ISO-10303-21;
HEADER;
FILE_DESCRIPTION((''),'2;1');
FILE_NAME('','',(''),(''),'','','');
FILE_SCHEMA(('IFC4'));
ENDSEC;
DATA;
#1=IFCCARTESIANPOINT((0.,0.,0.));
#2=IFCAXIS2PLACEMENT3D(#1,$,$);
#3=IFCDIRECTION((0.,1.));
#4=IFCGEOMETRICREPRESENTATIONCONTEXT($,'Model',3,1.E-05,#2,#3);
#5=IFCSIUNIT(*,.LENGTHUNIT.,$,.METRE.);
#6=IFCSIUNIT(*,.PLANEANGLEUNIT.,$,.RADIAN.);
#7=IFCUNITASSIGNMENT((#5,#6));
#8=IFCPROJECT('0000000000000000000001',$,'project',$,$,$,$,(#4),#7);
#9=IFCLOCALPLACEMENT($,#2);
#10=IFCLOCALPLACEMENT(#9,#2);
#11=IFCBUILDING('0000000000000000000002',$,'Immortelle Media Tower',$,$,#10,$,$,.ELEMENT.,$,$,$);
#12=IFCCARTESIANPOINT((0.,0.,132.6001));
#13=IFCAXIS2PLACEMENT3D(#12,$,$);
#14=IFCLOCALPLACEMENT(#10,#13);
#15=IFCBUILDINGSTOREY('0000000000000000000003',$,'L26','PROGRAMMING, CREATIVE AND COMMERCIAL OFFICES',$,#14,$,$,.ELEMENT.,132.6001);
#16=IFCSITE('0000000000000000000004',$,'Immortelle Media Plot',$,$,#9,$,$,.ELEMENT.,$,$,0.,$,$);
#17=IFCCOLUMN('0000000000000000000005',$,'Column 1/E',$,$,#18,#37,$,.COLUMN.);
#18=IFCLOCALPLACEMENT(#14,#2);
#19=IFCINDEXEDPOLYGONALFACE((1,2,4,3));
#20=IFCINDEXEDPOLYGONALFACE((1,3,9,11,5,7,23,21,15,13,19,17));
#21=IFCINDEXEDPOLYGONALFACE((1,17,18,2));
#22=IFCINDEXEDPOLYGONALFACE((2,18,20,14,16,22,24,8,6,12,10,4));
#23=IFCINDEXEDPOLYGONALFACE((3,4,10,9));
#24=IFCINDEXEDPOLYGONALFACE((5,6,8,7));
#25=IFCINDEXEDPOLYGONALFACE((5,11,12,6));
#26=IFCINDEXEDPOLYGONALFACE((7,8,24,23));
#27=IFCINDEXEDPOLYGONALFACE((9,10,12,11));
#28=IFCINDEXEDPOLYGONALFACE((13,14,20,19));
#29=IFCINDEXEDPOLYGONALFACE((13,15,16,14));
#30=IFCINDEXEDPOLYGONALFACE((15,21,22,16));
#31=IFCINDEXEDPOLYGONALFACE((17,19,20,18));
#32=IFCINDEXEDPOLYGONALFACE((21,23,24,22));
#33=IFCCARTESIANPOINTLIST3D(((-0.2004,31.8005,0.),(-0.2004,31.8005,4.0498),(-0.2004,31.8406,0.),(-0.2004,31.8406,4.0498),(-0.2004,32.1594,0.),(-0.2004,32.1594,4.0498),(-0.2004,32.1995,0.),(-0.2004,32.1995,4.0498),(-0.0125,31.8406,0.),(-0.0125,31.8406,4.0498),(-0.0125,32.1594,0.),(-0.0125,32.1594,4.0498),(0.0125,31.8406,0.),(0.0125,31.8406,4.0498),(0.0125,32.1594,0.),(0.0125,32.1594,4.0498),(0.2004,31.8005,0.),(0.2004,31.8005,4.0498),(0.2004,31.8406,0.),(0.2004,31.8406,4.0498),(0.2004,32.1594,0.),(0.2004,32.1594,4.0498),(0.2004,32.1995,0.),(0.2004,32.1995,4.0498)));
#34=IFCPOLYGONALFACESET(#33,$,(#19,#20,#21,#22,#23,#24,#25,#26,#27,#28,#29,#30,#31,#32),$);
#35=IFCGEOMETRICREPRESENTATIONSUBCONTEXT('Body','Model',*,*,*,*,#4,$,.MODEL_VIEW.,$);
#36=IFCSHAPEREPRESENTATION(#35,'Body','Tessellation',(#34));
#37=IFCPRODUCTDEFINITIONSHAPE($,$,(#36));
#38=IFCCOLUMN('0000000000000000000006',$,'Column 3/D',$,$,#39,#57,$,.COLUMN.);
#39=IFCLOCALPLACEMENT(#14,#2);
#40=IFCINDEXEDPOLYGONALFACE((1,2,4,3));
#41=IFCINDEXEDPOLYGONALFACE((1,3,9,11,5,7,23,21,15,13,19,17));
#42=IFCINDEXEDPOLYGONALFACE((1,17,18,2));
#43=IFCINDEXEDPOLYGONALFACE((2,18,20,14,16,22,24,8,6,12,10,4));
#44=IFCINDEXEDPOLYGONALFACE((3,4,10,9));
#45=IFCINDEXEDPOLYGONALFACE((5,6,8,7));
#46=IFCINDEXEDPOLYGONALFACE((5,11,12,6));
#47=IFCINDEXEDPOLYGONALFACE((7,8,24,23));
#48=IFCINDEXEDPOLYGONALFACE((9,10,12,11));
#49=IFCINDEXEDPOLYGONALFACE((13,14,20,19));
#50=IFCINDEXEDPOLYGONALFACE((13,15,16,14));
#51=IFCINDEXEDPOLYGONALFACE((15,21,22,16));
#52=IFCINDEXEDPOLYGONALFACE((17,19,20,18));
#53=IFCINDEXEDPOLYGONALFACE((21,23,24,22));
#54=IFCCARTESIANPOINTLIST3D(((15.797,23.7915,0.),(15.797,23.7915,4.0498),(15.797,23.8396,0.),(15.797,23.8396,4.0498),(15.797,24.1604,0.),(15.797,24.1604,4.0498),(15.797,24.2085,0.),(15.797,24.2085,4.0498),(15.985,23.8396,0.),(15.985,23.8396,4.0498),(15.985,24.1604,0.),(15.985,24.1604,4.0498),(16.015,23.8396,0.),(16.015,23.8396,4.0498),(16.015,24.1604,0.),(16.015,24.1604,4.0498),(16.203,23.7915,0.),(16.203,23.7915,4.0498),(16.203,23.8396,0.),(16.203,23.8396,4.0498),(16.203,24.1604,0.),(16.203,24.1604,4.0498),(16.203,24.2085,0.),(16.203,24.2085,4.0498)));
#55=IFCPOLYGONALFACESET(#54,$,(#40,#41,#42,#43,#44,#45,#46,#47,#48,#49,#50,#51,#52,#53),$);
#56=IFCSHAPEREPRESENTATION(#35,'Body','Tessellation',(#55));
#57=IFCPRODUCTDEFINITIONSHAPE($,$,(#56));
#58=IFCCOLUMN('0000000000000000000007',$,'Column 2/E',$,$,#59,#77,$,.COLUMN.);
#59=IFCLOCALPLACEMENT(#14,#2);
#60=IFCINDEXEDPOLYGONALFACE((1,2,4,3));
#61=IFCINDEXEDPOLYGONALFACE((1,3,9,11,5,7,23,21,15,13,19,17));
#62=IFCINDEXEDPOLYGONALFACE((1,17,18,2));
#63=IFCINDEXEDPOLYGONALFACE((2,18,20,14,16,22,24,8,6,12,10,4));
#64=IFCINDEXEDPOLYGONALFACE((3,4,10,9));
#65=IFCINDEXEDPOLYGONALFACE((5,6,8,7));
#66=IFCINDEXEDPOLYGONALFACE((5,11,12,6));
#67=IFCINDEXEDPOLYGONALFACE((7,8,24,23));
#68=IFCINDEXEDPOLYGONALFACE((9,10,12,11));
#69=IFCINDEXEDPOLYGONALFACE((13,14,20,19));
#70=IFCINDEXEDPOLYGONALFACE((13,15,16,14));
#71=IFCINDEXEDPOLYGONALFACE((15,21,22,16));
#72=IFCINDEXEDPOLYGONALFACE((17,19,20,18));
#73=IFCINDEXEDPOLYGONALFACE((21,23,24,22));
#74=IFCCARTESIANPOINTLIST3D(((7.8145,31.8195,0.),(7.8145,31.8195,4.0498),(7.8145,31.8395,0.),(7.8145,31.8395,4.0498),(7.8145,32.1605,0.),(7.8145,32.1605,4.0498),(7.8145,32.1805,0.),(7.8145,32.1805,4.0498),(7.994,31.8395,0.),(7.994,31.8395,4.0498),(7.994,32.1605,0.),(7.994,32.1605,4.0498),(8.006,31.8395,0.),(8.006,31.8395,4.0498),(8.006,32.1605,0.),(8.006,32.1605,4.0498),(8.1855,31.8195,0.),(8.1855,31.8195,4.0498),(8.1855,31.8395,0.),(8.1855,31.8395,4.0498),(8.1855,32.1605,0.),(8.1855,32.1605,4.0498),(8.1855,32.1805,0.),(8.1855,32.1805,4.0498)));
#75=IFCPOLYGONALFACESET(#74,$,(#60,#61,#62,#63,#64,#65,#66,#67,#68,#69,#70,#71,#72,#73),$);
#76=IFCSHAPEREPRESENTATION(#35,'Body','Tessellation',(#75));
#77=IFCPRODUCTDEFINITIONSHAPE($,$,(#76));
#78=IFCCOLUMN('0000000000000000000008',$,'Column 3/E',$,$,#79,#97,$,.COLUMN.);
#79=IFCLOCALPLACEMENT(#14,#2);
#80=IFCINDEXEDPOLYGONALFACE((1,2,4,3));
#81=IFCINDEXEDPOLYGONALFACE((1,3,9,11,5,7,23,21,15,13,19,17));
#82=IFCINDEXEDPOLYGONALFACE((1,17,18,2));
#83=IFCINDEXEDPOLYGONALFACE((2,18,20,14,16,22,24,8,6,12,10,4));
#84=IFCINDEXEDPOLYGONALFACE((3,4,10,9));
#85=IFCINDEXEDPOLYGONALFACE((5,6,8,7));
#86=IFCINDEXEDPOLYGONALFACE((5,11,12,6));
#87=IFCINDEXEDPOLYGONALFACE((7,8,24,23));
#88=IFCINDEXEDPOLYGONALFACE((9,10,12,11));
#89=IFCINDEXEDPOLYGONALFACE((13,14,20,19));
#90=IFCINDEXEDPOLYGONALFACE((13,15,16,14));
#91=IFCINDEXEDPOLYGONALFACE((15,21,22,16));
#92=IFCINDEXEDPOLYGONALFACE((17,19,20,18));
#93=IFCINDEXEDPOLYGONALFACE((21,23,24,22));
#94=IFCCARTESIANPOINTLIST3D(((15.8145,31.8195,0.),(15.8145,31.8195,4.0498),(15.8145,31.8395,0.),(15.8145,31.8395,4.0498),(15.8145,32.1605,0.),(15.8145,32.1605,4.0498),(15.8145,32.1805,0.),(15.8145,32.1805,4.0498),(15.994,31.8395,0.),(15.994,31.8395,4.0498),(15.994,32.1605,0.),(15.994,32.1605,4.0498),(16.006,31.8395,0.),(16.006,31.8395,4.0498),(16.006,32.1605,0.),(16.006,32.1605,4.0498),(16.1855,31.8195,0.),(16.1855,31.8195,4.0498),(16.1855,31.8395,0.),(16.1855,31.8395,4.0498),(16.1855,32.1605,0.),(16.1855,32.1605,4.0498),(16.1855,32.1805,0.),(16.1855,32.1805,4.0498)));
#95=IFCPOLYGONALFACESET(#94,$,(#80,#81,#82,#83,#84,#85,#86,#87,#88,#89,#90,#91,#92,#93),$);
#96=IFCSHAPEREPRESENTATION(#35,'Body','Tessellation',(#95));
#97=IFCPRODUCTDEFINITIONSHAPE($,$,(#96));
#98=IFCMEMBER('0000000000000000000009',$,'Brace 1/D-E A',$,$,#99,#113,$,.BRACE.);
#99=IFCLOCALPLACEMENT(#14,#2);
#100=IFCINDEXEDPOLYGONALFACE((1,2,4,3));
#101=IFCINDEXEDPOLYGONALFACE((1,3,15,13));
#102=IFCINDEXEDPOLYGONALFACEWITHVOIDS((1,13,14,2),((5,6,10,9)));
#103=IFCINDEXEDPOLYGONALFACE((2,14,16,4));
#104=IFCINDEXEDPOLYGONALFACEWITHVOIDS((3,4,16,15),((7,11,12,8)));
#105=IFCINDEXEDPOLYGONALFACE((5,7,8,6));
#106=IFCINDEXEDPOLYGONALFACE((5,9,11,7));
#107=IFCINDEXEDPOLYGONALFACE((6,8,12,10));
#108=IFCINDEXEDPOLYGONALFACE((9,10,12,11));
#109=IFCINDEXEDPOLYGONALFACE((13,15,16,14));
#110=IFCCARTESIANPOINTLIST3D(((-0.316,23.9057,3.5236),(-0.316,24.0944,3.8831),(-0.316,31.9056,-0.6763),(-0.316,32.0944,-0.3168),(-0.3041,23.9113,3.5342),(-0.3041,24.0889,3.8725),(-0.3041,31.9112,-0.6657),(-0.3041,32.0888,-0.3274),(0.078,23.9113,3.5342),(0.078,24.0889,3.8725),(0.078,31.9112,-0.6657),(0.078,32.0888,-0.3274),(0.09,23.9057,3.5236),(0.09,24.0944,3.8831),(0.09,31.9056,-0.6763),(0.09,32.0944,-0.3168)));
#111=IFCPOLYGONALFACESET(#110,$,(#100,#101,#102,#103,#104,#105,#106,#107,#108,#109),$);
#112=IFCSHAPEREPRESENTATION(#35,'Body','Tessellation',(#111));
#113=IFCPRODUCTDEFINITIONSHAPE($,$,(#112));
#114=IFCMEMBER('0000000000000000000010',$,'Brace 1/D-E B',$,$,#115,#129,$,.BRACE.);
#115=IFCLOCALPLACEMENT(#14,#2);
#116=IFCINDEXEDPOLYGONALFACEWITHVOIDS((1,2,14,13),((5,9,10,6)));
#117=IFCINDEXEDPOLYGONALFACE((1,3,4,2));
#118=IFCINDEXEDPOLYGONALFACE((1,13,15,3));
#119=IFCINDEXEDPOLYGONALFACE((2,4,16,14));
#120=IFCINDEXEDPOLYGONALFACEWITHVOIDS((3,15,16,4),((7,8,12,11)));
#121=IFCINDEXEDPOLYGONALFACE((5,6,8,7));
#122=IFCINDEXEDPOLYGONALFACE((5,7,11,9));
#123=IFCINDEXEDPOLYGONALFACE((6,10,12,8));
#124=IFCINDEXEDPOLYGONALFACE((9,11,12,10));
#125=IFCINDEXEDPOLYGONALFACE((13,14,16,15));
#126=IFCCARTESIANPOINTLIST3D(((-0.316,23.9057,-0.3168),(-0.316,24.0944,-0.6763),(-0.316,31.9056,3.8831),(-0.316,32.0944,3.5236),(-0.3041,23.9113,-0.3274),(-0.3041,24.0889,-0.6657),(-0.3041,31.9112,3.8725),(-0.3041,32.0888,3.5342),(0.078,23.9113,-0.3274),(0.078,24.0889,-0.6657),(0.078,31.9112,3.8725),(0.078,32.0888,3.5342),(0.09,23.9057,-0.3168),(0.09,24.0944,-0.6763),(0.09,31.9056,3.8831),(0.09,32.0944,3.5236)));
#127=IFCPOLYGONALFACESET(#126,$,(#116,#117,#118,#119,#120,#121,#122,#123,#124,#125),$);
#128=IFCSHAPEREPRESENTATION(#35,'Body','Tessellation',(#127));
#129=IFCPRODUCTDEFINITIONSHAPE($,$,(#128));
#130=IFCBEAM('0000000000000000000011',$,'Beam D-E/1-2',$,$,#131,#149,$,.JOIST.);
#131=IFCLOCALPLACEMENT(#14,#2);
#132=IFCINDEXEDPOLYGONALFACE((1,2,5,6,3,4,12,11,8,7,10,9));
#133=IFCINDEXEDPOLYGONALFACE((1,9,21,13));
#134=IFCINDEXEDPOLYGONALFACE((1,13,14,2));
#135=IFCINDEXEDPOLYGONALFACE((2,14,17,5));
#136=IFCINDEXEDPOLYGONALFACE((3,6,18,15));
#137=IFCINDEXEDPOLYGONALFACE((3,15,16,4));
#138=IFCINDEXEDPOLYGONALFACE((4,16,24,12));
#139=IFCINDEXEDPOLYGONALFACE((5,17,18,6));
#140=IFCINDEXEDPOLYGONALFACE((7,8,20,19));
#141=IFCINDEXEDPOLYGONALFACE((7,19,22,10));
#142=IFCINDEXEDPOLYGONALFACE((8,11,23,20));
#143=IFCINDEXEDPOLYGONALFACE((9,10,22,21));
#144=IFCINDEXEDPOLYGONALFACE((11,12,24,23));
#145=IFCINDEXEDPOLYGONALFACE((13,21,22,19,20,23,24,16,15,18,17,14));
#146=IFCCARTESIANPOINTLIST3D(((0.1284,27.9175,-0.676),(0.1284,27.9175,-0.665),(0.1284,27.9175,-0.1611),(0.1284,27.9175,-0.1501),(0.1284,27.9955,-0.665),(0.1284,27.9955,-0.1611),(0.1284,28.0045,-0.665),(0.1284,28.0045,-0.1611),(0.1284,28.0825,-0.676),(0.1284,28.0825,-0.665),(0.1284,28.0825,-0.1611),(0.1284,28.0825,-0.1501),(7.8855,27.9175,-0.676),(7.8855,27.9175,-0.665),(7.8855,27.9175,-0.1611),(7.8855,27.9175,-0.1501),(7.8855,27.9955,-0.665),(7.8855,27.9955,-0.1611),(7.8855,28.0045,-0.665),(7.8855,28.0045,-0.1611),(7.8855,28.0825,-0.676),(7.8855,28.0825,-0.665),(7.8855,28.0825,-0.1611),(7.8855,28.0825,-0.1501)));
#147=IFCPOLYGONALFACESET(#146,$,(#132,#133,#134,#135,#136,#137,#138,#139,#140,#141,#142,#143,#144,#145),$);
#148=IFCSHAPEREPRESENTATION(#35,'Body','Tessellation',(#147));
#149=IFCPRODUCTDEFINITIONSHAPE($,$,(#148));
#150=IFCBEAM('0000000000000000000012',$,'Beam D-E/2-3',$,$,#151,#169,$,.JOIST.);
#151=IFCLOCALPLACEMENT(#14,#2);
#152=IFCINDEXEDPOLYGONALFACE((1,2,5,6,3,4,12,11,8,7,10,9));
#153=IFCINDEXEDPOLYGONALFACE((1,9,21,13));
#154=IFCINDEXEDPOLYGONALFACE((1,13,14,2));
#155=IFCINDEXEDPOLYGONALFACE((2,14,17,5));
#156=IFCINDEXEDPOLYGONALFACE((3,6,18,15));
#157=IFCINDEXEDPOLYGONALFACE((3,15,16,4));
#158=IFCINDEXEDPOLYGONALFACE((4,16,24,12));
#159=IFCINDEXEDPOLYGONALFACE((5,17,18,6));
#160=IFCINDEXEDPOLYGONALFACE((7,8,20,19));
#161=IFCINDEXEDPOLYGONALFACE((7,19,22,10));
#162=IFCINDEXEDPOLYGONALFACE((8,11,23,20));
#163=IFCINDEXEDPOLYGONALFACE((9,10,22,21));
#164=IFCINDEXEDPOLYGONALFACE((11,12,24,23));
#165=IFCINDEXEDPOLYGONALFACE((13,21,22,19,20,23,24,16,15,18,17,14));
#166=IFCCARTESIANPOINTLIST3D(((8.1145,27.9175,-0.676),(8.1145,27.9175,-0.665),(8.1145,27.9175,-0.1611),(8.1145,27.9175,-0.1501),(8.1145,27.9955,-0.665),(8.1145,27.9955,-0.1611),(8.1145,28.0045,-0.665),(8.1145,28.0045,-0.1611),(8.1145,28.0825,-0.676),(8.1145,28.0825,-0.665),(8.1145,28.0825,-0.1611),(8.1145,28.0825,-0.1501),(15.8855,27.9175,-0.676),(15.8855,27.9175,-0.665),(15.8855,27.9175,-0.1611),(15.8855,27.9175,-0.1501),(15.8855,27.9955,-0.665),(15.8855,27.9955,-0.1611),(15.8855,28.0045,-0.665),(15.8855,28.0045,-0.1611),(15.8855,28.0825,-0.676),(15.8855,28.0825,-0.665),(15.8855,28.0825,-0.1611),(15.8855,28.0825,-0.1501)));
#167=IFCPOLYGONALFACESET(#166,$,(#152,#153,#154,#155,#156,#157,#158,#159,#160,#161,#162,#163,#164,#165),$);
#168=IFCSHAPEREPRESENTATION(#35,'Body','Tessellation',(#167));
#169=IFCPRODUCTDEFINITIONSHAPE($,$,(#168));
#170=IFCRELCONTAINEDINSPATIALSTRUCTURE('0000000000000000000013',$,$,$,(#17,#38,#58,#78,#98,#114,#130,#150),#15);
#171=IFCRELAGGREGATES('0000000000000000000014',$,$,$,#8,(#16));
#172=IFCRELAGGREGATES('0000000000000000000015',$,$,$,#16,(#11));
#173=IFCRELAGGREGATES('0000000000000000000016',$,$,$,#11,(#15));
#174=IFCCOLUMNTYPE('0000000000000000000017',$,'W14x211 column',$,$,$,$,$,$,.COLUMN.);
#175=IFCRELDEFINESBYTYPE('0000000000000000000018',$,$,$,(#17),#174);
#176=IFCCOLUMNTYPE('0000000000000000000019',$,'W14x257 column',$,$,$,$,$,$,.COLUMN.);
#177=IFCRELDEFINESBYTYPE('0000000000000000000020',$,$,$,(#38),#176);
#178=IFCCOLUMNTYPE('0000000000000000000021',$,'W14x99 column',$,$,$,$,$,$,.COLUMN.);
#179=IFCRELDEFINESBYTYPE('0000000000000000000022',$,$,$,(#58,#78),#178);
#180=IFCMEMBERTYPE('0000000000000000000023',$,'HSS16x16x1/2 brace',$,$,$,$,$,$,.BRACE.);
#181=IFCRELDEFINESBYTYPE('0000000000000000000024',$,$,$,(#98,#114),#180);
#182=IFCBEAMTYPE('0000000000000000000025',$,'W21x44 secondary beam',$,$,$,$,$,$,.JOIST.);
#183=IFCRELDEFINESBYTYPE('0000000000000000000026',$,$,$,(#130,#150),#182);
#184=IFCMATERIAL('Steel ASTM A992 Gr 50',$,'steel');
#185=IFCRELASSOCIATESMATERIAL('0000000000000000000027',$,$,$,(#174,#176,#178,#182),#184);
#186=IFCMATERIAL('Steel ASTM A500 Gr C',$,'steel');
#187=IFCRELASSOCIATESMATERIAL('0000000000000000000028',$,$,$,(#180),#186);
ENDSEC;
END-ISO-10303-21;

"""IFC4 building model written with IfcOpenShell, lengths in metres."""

from ifc_helpers import new_model, si_unit, direction, frame, origin, origin_2d, place, context, subcontext, project, spatial, hollow_rectangle, i_section, extrude, material, material_profile, profile_set, type_object, element, save


model = new_model("IFC4")

# Units and contexts
model_context = context("Model", 3, precision=1e-05, world=origin(), true_north=direction((0.0, 1.0)))
body_context = subcontext(model_context, "Body", "Model", "MODEL_VIEW")
ifc_project = project(units=[si_unit("LENGTHUNIT", "METRE"), si_unit("PLANEANGLEUNIT", "RADIAN")], contexts=[model_context])

# Site, building, storey
site_placement = place(None, origin())
site = spatial("IfcSite", under=ifc_project, at=site_placement, Name="Immortelle Media Plot", CompositionType="ELEMENT", RefElevation=0.0)
building_placement = place(site_placement, origin())
building = spatial("IfcBuilding", under=site, at=building_placement, Name="Immortelle Media Tower", CompositionType="ELEMENT")
storey_placement = place(building_placement, frame((0.0, 0.0, 132.6001)))
storey = spatial("IfcBuildingStorey", under=building, at=storey_placement, Name="L26", Description="PROGRAMMING, CREATIVE AND COMMERCIAL OFFICES", CompositionType="ELEMENT", Elevation=132.6001)

# Columns
ifc_material_1 = material(Name="Steel ASTM A992 Gr 50", Category="steel")
ifc_material_profile_1 = material_profile(ifc_material_1, i_section(OverallWidth=0.4009, OverallDepth=0.3989, WebThickness=0.0249, FlangeThickness=0.04, at=origin_2d()), Name="W14x211")
ifc_profile_set_1 = profile_set([ifc_material_profile_1], Name="Steel ASTM A992 Gr 50")
column_type_1 = type_object("IfcColumnType", Name="W14x211 column", PredefinedType="COLUMN", material=ifc_profile_set_1)
column_1_placement = place(storey_placement, frame((0.0, 32.0, 0.0), z_axis=(0.0, 0.0, 1.0), x_axis=(1.0, 0.0, 0.0)))
element("IfcColumn", 1, at=column_1_placement, inside=storey, type_object=column_type_1, Name="Column 1/E", PredefinedType="COLUMN", context=body_context, shape_type="SweptSolid", body=[
    extrude(i_section(OverallWidth=0.4009, OverallDepth=0.3989, WebThickness=0.0249, FlangeThickness=0.04, at=origin_2d()), origin(), (0.0, 0.0, 1.0), 4.0498),
])
ifc_material_profile_2 = material_profile(ifc_material_1, i_section(OverallWidth=0.406, OverallDepth=0.417, WebThickness=0.03, FlangeThickness=0.0481, at=origin_2d()), Name="W14x257")
ifc_profile_set_2 = profile_set([ifc_material_profile_2], Name="Steel ASTM A992 Gr 50")
column_type_2 = type_object("IfcColumnType", Name="W14x257 column", PredefinedType="COLUMN", material=ifc_profile_set_2)
column_2_placement = place(storey_placement, frame((16.0, 24.0, 0.0), z_axis=(0.0, 0.0, 1.0), x_axis=(1.0, 0.0, 0.0)))
element("IfcColumn", 2, at=column_2_placement, inside=storey, type_object=column_type_2, Name="Column 3/D", PredefinedType="COLUMN", context=body_context, shape_type="SweptSolid", body=[
    extrude(i_section(OverallWidth=0.406, OverallDepth=0.417, WebThickness=0.03, FlangeThickness=0.0481, at=origin_2d()), origin(), (0.0, 0.0, 1.0), 4.0498),
])
ifc_material_profile_3 = material_profile(ifc_material_1, i_section(OverallWidth=0.3711, OverallDepth=0.3611, WebThickness=0.012, FlangeThickness=0.02, at=origin_2d()), Name="W14x99")
ifc_profile_set_3 = profile_set([ifc_material_profile_3], Name="Steel ASTM A992 Gr 50")
column_type_3 = type_object("IfcColumnType", Name="W14x99 column", PredefinedType="COLUMN", material=ifc_profile_set_3)
for number, where, z_axis, x_axis, name in (
    (3, (8.0, 32.0, 0.0), (0.0, 0.0, 1.0), (1.0, 0.0, 0.0), "Column 2/E"),
    (4, (16.0, 32.0, 0.0), (0.0, 0.0, 1.0), (1.0, 0.0, 0.0), "Column 3/E"),
):
    element("IfcColumn", number, at=place(storey_placement, frame(where, z_axis=z_axis, x_axis=x_axis)), inside=storey, type_object=column_type_3, Name=name, PredefinedType="COLUMN", context=body_context, shape_type="SweptSolid", body=[
        extrude(i_section(OverallWidth=0.3711, OverallDepth=0.3611, WebThickness=0.012, FlangeThickness=0.02, at=origin_2d()), origin(), (0.0, 0.0, 1.0), 4.0498),
    ])

# Members
ifc_material_2 = material(Name="Steel ASTM A500 Gr C", Category="steel")
ifc_material_profile_4 = material_profile(ifc_material_2, hollow_rectangle(XDim=0.406, YDim=0.406, WallThickness=0.012, at=origin_2d()), Name="HSS16x16x1/2 brace")
ifc_profile_set_4 = profile_set([ifc_material_profile_4], Name="Steel ASTM A500 Gr C")
member_type = type_object("IfcMemberType", Name="HSS16x16x1/2 brace", PredefinedType="BRACE", material=ifc_profile_set_4)
for number, where, z_axis, x_axis, name in (
    (5, (-0.113, 32.0, -0.4966), (0.0, -0.8854, 0.46483), (1.0, 0.0, 0.0), "Brace 1/D-E A"),
    (6, (-0.113, 32.0, 3.7034), (0.0, -0.8854, -0.46483), (1.0, 0.0, 0.0), "Brace 1/D-E B"),
):
    element("IfcMember", number, at=place(storey_placement, frame(where, z_axis=z_axis, x_axis=x_axis)), inside=storey, type_object=member_type, Name=name, PredefinedType="BRACE", context=body_context, shape_type="SweptSolid", body=[
        extrude(hollow_rectangle(XDim=0.406, YDim=0.406, WallThickness=0.012, at=origin_2d()), origin(), (0.0, 0.0, 1.0), 9.0354),
    ])

# Beams
ifc_material_profile_5 = material_profile(ifc_material_1, i_section(OverallWidth=0.165, OverallDepth=0.5259, WebThickness=0.009, FlangeThickness=0.011, at=origin_2d()), Name="W21x44")
ifc_profile_set_5 = profile_set([ifc_material_profile_5], Name="Steel ASTM A992 Gr 50")
beam_type_1 = type_object("IfcBeamType", Name="W21x44 secondary beam", PredefinedType="JOIST", material=ifc_profile_set_5)
beam_1_placement = place(storey_placement, frame((0.1284, 28.0, -0.4131), z_axis=(1.0, 0.0, 0.0), x_axis=(0.0, 1.0, 0.0)))
element("IfcBeam", 7, at=beam_1_placement, inside=storey, type_object=beam_type_1, Name="Beam D-E/1-2", PredefinedType="JOIST", context=body_context, shape_type="SweptSolid", body=[
    extrude(i_section(OverallWidth=0.165, OverallDepth=0.5259, WebThickness=0.009, FlangeThickness=0.011, at=origin_2d()), origin(), (0.0, 0.0, 1.0), 7.7571),
])
beam_2_placement = place(storey_placement, frame((8.1145, 28.0, -0.4131), z_axis=(1.0, 0.0, 0.0), x_axis=(0.0, 1.0, 0.0)))
element("IfcBeam", 8, at=beam_2_placement, inside=storey, type_object=beam_type_1, Name="Beam D-E/2-3", PredefinedType="JOIST", context=body_context, shape_type="SweptSolid", body=[
    extrude(i_section(OverallWidth=0.165, OverallDepth=0.5259, WebThickness=0.009, FlangeThickness=0.011, at=origin_2d()), origin(), (0.0, 0.0, 1.0), 7.771),
])

save(model, "model.ifc")
